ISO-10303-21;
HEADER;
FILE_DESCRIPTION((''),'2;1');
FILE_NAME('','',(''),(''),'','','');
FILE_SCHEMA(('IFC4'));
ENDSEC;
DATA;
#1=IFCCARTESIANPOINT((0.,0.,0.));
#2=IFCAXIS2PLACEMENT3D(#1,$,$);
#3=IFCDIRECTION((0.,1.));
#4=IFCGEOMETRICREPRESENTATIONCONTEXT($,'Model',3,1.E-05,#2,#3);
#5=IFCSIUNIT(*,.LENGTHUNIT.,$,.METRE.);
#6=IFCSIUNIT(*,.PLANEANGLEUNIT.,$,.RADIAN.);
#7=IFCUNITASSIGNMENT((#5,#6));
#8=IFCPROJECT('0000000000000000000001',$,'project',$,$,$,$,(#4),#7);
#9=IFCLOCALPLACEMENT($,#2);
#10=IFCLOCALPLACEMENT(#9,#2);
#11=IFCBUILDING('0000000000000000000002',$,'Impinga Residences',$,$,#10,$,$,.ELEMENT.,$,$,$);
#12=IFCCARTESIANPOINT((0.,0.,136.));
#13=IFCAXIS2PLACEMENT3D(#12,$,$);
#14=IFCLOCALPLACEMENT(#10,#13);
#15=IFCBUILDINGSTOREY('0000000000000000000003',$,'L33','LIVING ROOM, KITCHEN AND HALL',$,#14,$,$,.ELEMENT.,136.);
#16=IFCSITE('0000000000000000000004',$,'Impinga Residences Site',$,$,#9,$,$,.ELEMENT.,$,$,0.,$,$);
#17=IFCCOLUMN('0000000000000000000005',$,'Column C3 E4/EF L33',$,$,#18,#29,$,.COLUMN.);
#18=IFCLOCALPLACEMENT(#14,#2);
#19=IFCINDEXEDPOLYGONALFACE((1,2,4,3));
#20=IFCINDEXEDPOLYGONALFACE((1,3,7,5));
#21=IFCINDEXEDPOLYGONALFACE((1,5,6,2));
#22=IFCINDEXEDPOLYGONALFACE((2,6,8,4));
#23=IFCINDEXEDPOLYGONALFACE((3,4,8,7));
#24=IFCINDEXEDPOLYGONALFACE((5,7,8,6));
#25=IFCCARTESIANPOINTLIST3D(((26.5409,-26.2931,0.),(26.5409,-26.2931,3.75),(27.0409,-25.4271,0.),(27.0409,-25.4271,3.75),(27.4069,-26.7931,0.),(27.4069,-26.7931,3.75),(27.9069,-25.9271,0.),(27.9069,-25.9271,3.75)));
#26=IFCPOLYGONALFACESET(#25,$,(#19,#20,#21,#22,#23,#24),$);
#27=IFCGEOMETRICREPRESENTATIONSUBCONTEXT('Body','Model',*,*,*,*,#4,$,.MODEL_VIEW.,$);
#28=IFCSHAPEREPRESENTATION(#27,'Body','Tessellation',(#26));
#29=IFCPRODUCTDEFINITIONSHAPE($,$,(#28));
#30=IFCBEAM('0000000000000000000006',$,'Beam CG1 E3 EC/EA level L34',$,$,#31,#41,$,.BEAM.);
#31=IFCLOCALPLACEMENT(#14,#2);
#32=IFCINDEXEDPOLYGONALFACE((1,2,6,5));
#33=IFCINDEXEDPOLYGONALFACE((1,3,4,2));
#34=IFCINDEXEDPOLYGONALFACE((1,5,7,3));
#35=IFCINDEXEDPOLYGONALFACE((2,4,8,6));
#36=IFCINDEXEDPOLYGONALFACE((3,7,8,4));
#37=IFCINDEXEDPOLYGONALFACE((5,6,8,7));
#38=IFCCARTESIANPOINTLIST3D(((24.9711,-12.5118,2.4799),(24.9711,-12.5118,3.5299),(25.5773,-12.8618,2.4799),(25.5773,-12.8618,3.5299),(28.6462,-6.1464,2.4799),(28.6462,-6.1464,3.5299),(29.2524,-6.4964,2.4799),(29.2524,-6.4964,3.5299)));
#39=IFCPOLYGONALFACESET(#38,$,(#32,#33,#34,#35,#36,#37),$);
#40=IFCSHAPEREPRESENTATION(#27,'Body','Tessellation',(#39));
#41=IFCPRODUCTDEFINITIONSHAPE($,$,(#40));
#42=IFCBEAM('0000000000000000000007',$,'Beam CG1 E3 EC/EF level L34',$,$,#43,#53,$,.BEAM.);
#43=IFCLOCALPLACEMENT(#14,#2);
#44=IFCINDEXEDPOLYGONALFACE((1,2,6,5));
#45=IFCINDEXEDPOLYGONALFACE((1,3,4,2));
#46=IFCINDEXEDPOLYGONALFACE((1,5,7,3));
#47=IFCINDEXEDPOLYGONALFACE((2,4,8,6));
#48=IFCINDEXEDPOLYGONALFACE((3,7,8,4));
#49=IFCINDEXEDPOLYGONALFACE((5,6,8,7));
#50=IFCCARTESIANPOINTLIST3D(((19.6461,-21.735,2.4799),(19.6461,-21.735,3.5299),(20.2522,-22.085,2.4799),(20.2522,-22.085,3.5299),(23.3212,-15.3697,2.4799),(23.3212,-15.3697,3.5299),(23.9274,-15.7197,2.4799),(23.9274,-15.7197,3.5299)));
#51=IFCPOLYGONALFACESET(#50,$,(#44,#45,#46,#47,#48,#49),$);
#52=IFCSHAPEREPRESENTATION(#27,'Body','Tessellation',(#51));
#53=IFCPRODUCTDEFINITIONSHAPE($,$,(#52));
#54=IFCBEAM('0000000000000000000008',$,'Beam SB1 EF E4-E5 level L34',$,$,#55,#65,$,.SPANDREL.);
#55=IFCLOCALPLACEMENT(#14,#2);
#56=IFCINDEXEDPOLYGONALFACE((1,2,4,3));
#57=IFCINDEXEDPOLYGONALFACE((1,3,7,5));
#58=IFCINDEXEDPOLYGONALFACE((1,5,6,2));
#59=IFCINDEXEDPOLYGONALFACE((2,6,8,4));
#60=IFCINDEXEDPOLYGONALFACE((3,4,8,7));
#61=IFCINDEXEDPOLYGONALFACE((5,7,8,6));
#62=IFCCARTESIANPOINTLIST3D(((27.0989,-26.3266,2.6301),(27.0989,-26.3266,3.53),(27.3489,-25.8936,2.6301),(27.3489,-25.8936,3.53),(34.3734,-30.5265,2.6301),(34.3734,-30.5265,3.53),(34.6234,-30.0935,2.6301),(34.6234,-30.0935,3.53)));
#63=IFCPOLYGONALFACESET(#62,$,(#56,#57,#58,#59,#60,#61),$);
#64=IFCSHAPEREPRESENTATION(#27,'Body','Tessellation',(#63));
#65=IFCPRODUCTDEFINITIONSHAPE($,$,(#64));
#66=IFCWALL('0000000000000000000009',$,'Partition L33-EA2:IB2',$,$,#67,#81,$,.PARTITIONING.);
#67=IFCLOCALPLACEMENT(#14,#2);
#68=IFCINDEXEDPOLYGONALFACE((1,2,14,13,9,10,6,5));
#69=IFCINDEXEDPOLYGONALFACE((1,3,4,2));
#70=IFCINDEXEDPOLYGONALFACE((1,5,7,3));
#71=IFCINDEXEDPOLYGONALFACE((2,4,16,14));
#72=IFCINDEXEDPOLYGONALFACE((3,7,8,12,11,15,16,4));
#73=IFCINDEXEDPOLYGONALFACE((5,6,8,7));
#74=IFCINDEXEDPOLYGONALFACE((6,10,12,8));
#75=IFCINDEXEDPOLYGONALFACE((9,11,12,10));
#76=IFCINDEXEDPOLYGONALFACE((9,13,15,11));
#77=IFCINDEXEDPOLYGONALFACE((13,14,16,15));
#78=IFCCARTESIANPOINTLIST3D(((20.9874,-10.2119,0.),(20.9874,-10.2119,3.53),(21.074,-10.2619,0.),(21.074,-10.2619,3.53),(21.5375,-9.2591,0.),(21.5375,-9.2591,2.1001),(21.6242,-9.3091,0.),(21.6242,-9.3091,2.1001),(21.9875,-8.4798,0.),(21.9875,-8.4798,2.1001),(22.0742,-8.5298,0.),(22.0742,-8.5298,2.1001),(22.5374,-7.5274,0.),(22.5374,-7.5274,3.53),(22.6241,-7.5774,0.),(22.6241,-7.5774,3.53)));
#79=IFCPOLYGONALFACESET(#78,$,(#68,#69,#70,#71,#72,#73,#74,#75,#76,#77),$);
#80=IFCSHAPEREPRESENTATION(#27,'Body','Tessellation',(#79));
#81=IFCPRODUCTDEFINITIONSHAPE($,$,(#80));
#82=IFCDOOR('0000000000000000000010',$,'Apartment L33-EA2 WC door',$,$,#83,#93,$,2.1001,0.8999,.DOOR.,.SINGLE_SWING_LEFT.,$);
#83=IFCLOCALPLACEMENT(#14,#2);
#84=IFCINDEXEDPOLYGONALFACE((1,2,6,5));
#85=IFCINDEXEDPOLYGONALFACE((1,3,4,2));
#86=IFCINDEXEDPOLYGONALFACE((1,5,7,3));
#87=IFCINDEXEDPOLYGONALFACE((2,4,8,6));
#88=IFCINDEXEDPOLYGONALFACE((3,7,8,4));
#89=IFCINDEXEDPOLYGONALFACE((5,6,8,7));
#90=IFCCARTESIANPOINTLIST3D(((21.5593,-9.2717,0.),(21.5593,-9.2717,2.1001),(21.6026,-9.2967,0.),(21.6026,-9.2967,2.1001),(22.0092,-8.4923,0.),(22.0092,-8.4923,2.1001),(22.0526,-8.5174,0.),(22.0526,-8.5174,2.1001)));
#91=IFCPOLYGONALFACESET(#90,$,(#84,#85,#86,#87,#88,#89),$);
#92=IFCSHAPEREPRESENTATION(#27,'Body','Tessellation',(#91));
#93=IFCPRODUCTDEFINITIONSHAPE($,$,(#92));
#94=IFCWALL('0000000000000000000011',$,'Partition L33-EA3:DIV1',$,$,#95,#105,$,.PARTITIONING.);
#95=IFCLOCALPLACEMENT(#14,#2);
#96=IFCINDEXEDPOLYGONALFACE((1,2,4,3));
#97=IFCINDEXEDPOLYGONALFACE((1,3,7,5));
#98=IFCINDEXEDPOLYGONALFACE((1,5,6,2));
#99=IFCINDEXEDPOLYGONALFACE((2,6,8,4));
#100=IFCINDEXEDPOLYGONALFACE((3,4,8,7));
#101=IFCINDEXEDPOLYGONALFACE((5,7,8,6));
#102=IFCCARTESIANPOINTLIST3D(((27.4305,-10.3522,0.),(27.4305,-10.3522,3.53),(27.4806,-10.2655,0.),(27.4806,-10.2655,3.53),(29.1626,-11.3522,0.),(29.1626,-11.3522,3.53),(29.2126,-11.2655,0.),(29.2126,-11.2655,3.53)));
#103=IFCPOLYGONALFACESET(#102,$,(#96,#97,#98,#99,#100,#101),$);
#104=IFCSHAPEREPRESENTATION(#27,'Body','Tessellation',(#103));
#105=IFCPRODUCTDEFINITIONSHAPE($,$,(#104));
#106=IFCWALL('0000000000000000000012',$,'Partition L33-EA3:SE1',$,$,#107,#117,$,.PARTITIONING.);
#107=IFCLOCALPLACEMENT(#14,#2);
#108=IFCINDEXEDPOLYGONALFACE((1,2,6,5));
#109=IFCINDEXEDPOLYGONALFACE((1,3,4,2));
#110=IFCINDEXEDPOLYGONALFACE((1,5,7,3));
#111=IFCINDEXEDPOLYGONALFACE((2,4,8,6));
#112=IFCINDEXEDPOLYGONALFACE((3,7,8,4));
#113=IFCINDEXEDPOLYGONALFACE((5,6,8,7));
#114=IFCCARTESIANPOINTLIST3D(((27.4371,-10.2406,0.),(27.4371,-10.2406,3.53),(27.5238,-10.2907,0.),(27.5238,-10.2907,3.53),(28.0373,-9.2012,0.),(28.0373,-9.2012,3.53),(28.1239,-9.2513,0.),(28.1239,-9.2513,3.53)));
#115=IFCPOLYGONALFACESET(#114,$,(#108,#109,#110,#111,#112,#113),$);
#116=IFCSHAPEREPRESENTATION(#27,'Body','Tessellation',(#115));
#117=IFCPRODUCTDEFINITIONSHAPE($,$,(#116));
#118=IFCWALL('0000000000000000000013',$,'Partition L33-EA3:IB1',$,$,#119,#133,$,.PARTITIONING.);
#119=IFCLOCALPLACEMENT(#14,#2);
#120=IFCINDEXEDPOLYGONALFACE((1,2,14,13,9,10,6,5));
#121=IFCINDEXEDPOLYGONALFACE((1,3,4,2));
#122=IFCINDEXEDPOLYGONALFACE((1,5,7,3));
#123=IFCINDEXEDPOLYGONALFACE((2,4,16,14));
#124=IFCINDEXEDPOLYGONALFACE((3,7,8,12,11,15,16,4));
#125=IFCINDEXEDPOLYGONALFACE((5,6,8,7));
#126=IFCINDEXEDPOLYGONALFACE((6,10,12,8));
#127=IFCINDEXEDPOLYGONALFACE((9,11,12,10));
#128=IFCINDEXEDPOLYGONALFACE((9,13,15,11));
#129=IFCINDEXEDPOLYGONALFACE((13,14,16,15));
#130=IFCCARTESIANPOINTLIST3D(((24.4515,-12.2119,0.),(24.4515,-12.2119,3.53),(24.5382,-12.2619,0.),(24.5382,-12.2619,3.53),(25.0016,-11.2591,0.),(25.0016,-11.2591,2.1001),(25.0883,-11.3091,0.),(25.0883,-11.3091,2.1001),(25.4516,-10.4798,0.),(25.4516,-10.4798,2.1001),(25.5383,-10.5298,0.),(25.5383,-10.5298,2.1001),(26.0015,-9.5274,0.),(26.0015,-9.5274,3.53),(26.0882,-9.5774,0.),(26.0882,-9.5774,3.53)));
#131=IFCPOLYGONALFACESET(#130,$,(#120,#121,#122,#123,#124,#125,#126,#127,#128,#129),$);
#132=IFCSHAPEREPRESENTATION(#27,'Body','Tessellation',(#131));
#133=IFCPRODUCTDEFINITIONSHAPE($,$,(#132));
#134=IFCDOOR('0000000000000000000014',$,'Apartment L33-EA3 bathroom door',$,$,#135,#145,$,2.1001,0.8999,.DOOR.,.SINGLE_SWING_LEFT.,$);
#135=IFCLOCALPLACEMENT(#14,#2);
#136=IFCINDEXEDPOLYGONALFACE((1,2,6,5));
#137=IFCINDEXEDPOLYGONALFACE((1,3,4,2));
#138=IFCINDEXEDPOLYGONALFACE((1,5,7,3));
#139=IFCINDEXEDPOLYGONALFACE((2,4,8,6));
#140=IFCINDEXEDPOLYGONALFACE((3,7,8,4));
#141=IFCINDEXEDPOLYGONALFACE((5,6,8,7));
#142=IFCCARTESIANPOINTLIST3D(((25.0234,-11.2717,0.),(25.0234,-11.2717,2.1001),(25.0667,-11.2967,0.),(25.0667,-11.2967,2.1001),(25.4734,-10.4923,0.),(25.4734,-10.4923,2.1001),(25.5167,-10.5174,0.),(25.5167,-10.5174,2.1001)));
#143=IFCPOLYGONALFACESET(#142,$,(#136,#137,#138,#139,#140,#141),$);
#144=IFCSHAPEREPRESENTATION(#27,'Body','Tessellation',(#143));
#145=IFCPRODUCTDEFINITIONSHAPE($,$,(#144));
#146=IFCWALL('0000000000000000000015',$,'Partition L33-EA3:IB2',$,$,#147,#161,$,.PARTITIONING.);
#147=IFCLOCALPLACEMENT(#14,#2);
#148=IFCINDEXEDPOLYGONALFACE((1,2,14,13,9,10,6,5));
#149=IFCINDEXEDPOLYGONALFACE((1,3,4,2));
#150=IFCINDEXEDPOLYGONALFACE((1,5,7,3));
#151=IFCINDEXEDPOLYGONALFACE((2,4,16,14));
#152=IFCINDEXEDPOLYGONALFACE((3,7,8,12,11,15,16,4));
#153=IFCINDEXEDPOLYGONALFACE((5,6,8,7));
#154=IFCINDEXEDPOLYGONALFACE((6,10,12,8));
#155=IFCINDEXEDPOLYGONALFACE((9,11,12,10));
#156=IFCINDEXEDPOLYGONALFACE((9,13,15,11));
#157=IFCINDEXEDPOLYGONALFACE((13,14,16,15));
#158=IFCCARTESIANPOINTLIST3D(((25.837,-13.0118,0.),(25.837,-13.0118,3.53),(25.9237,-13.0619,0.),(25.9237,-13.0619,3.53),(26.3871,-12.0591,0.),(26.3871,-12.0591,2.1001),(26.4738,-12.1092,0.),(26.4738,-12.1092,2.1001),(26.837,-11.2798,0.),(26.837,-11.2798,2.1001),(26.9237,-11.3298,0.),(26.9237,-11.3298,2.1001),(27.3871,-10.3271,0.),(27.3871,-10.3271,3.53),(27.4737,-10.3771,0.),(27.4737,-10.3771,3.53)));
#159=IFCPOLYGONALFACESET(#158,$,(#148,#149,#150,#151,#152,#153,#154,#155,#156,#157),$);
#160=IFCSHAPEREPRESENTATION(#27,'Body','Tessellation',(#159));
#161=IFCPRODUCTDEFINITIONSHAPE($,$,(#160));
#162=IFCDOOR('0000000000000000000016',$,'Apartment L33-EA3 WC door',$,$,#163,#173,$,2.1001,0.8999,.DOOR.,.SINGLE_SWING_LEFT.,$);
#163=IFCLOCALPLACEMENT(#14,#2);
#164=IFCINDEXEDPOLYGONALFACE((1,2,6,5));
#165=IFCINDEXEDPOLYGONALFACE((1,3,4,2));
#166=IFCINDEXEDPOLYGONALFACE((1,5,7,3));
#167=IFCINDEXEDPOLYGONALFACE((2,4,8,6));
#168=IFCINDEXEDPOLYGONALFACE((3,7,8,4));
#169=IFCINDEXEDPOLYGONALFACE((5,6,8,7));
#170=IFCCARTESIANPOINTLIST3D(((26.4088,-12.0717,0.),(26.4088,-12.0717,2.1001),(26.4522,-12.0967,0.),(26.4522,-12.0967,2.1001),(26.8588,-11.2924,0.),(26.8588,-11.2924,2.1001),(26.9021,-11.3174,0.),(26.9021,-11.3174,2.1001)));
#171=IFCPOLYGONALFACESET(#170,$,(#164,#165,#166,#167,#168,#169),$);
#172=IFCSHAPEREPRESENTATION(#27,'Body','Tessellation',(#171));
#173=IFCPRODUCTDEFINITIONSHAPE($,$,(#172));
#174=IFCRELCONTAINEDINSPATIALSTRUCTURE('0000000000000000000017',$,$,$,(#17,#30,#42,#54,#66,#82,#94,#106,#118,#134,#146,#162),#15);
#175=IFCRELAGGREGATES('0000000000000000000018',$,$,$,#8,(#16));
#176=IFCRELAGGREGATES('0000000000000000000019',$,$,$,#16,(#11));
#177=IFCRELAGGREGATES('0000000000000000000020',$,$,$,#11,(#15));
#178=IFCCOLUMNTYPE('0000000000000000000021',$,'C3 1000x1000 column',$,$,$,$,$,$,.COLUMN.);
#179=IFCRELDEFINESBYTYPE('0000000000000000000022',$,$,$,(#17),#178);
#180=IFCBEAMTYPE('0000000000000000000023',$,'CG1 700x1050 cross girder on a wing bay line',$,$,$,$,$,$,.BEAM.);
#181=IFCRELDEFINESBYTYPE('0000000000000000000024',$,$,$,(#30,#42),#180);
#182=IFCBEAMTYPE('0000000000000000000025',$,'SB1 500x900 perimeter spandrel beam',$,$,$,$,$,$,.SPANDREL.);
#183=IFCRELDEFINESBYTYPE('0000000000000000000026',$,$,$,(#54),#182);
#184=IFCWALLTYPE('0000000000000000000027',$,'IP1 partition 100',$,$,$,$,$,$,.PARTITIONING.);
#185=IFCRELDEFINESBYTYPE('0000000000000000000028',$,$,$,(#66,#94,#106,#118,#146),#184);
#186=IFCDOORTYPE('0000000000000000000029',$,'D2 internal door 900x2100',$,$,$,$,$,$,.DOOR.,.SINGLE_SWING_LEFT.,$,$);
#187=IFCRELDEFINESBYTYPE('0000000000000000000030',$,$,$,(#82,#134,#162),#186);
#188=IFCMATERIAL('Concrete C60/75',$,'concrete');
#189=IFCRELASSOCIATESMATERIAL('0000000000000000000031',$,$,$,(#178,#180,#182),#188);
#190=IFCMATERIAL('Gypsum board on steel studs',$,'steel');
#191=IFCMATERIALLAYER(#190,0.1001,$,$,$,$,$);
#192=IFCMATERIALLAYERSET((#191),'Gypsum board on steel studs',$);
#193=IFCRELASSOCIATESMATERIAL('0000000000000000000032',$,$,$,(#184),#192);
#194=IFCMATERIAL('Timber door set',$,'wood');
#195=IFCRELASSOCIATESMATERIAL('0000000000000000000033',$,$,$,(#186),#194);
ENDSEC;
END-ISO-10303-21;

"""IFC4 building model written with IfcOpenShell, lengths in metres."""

from ifc_helpers import new_model, si_unit, direction, frame, frame_2d, origin, origin_2d, place, context, subcontext, project, spatial, rectangle, extrude, material, layer, layer_set, material_profile, profile_set, type_object, element, fill, save


model = new_model("IFC4")

# Units and contexts
model_context = context("Model", 3, precision=1e-05, world=origin(), true_north=direction((0.0, 1.0)))
body_context = subcontext(model_context, "Body", "Model", "MODEL_VIEW")
ifc_project = project(units=[si_unit("LENGTHUNIT", "METRE"), si_unit("PLANEANGLEUNIT", "RADIAN")], contexts=[model_context])

# Site, building, storey
site_placement = place(None, origin())
site = spatial("IfcSite", under=ifc_project, at=site_placement, Name="Impinga Residences Site", CompositionType="ELEMENT", RefElevation=0.0)
building_placement = place(site_placement, origin())
building = spatial("IfcBuilding", under=site, at=building_placement, Name="Impinga Residences", CompositionType="ELEMENT")
storey_placement = place(building_placement, frame((0.0, 0.0, 136.0)))
storey = spatial("IfcBuildingStorey", under=building, at=storey_placement, Name="L33", Description="LIVING ROOM, KITCHEN AND HALL", CompositionType="ELEMENT", Elevation=136.0)

# Column
ifc_material_1 = material(Name="Concrete C60/75", Category="concrete")
ifc_material_profile_1 = material_profile(ifc_material_1, rectangle(XDim=1.0, YDim=1.0, at=origin_2d()), Name="RC 1000x1000")
ifc_profile_set_1 = profile_set([ifc_material_profile_1], Name="Concrete C60/75")
column_type = type_object("IfcColumnType", Name="C3 1000x1000 column", PredefinedType="COLUMN", material=ifc_profile_set_1)
column_placement = place(storey_placement, frame((27.2239, -26.1101, 0.0), z_axis=(0.0, 0.0, 1.0), x_axis=(-0.5, -0.866025, 0.0)))
element("IfcColumn", 1, at=column_placement, inside=storey, type_object=column_type, Name="Column C3 E4/EF L33", PredefinedType="COLUMN", context=body_context, shape_type="SweptSolid", body=[
    extrude(rectangle(XDim=1.0, YDim=1.0, at=origin_2d()), origin(), (0.0, 0.0, 1.0), 3.75),
])

# Beams
ifc_material_profile_2 = material_profile(ifc_material_1, rectangle(XDim=0.7, YDim=1.05, at=origin_2d()), Name="RC 700x1050")
ifc_profile_set_2 = profile_set([ifc_material_profile_2], Name="Concrete C60/75")
beam_type_1 = type_object("IfcBeamType", Name="CG1 700x1050 cross girder on a wing bay line", PredefinedType="BEAM", material=ifc_profile_set_2)
for number, where, z_axis, x_axis, name in (
    (2, (25.2742, -12.6868, 3.0049), (0.500008, 0.866021, 0.0), (-0.866021, 0.500008, 0.0), "Beam CG1 E3 EC/EA level L34"),
    (3, (23.6243, -15.5447, 3.0049), (-0.500008, -0.866021, 0.0), (0.866021, -0.500008, 0.0), "Beam CG1 E3 EC/EF level L34"),
):
    element("IfcBeam", number, at=place(storey_placement, frame(where, z_axis=z_axis, x_axis=x_axis)), inside=storey, type_object=beam_type_1, Name=name, PredefinedType="BEAM", context=body_context, shape_type="SweptSolid", body=[
        extrude(rectangle(XDim=0.7, YDim=1.05, at=origin_2d()), origin(), (0.0, 0.0, 1.0), 7.3501),
    ])
ifc_material_profile_3 = material_profile(ifc_material_1, rectangle(XDim=0.5, YDim=0.8999, at=origin_2d()), Name="RC 500x900")
ifc_profile_set_3 = profile_set([ifc_material_profile_3], Name="Concrete C60/75")
beam_type_2 = type_object("IfcBeamType", Name="SB1 500x900 perimeter spandrel beam", PredefinedType="SPANDREL", material=ifc_profile_set_3)
beam_placement = place(storey_placement, frame((27.2239, -26.1101, 3.0801), z_axis=(0.866029, -0.499993, 0.0), x_axis=(0.499993, 0.866029, 0.0)))
element("IfcBeam", 4, at=beam_placement, inside=storey, type_object=beam_type_2, Name="Beam SB1 EF E4-E5 level L34", PredefinedType="SPANDREL", context=body_context, shape_type="SweptSolid", body=[
    extrude(rectangle(XDim=0.5, YDim=0.8999, at=origin_2d()), origin(), (0.0, 0.0, 1.0), 8.3999),
])

# Wall, opening, door
ifc_material_2 = material(Name="Gypsum board on steel studs", Category="steel")
ifc_layer_1 = layer(ifc_material_2, 0.1001)
ifc_layer_set_1 = layer_set([ifc_layer_1], Name="Gypsum board on steel studs")
wall_type_1 = type_object("IfcWallType", Name="IP1 partition 100", PredefinedType="PARTITIONING", material=ifc_layer_set_1)
wall_1_placement = place(storey_placement, frame((21.0308, -10.2368, 0.0), z_axis=(0.0, 0.0, 1.0), x_axis=(0.500027, 0.86601, 0.0)))
wall_1 = element("IfcWall", 5, at=wall_1_placement, inside=storey, type_object=wall_type_1, Name="Partition L33-EA2:IB2", PredefinedType="PARTITIONING", context=body_context, shape_type="SweptSolid", body=[
    extrude(rectangle(XDim=3.0999, YDim=0.1001, at=frame_2d((1.5498, 0.0))), origin(), (0.0, 0.0, 1.0), 3.53),
])
opening_1_placement = place(wall_1_placement, frame((1.1001, 0.0, 0.0)))
opening_1 = element("IfcOpeningElement", 6, at=opening_1_placement, cuts=wall_1, PredefinedType="OPENING", context=body_context, shape_type="SweptSolid", body=[
    extrude(rectangle(XDim=0.8999, YDim=2.1001, at=frame_2d((0.45, 1.05))), frame((0.0, 0.0601, 0.0), z_axis=(0.0, -1.0, 0.0), x_axis=(1.0, 0.0, 0.0)), (0.0, 0.0, 1.0), 0.1201),
])
ifc_material_3 = material(Name="Timber door set", Category="wood")
door_type = type_object("IfcDoorType", Name="D2 internal door 900x2100", OperationType="SINGLE_SWING_LEFT", PredefinedType="DOOR", material=ifc_material_3)
door_1_placement = place(opening_1_placement, origin())
door_1 = element("IfcDoor", 7, at=door_1_placement, inside=storey, type_object=door_type, Name="Apartment L33-EA2 WC door", OperationType="SINGLE_SWING_LEFT", OverallHeight=2.1001, OverallWidth=0.8999, PredefinedType="DOOR", context=body_context, shape_type="SweptSolid", body=[
    extrude(rectangle(XDim=0.8999, YDim=2.1001, at=frame_2d((0.45, 1.05))), frame((0.0, 0.0249, 0.0), z_axis=(0.0, -1.0, 0.0), x_axis=(1.0, 0.0, 0.0)), (0.0, 0.0, 1.0), 0.05),
])
fill(opening_1, door_1)

# Walls
wall_2_placement = place(storey_placement, frame((27.4556, -10.3088, 0.0), z_axis=(0.0, 0.0, 1.0), x_axis=(0.866011, -0.500025, 0.0)))
element("IfcWall", 8, at=wall_2_placement, inside=storey, type_object=wall_type_1, Name="Partition L33-EA3:DIV1", PredefinedType="PARTITIONING", context=body_context, shape_type="SweptSolid", body=[
    extrude(rectangle(XDim=2.0, YDim=0.1001, at=frame_2d((1.0, 0.0))), origin(), (0.0, 0.0, 1.0), 3.53),
])
wall_3_placement = place(storey_placement, frame((27.4805, -10.2656, 0.0), z_axis=(0.0, 0.0, 1.0), x_axis=(0.500034, 0.866006, 0.0)))
element("IfcWall", 9, at=wall_3_placement, inside=storey, type_object=wall_type_1, Name="Partition L33-EA3:SE1", PredefinedType="PARTITIONING", context=body_context, shape_type="SweptSolid", body=[
    extrude(rectangle(XDim=1.2002, YDim=0.1001, at=frame_2d((0.6001, 0.0))), origin(), (0.0, 0.0, 1.0), 3.53),
])

# Walls, openings, doors
wall_4_placement = place(storey_placement, frame((24.4949, -12.2368, 0.0), z_axis=(0.0, 0.0, 1.0), x_axis=(0.500027, 0.86601, 0.0)))
wall_4 = element("IfcWall", 10, at=wall_4_placement, inside=storey, type_object=wall_type_1, Name="Partition L33-EA3:IB1", PredefinedType="PARTITIONING", context=body_context, shape_type="SweptSolid", body=[
    extrude(rectangle(XDim=3.0999, YDim=0.1001, at=frame_2d((1.5498, 0.0))), origin(), (0.0, 0.0, 1.0), 3.53),
])
opening_2_placement = place(wall_4_placement, frame((1.1001, 0.0, 0.0)))
opening_2 = element("IfcOpeningElement", 11, at=opening_2_placement, cuts=wall_4, PredefinedType="OPENING", context=body_context, shape_type="SweptSolid", body=[
    extrude(rectangle(XDim=0.8999, YDim=2.1001, at=frame_2d((0.45, 1.05))), frame((0.0, 0.0601, 0.0), z_axis=(0.0, -1.0, 0.0), x_axis=(1.0, 0.0, 0.0)), (0.0, 0.0, 1.0), 0.1201),
])
door_2_placement = place(opening_2_placement, origin())
door_2 = element("IfcDoor", 12, at=door_2_placement, inside=storey, type_object=door_type, Name="Apartment L33-EA3 bathroom door", OperationType="SINGLE_SWING_LEFT", OverallHeight=2.1001, OverallWidth=0.8999, PredefinedType="DOOR", context=body_context, shape_type="SweptSolid", body=[
    extrude(rectangle(XDim=0.8999, YDim=2.1001, at=frame_2d((0.45, 1.05))), frame((0.0, 0.0249, 0.0), z_axis=(0.0, -1.0, 0.0), x_axis=(1.0, 0.0, 0.0)), (0.0, 0.0, 1.0), 0.05),
])
fill(opening_2, door_2)
wall_5_placement = place(storey_placement, frame((25.8804, -13.0369, 0.0), z_axis=(0.0, 0.0, 1.0), x_axis=(0.499993, 0.86603, 0.0)))
wall_5 = element("IfcWall", 13, at=wall_5_placement, inside=storey, type_object=wall_type_1, Name="Partition L33-EA3:IB2", PredefinedType="PARTITIONING", context=body_context, shape_type="SweptSolid", body=[
    extrude(rectangle(XDim=3.1001, YDim=0.1001, at=frame_2d((1.55, 0.0))), origin(), (0.0, 0.0, 1.0), 3.53),
])
opening_3_placement = place(wall_5_placement, frame((1.1001, 0.0, 0.0)))
opening_3 = element("IfcOpeningElement", 14, at=opening_3_placement, cuts=wall_5, PredefinedType="OPENING", context=body_context, shape_type="SweptSolid", body=[
    extrude(rectangle(XDim=0.8999, YDim=2.1001, at=frame_2d((0.45, 1.05))), frame((0.0, 0.0601, 0.0), z_axis=(0.0, -1.0, 0.0), x_axis=(1.0, 0.0, 0.0)), (0.0, 0.0, 1.0), 0.1201),
])
door_3_placement = place(opening_3_placement, origin())
door_3 = element("IfcDoor", 15, at=door_3_placement, inside=storey, type_object=door_type, Name="Apartment L33-EA3 WC door", OperationType="SINGLE_SWING_LEFT", OverallHeight=2.1001, OverallWidth=0.8999, PredefinedType="DOOR", context=body_context, shape_type="SweptSolid", body=[
    extrude(rectangle(XDim=0.8999, YDim=2.1001, at=frame_2d((0.45, 1.05))), frame((0.0, 0.0249, 0.0), z_axis=(0.0, -1.0, 0.0), x_axis=(1.0, 0.0, 0.0)), (0.0, 0.0, 1.0), 0.05),
])
fill(opening_3, door_3)

save(model, "model.ifc")
